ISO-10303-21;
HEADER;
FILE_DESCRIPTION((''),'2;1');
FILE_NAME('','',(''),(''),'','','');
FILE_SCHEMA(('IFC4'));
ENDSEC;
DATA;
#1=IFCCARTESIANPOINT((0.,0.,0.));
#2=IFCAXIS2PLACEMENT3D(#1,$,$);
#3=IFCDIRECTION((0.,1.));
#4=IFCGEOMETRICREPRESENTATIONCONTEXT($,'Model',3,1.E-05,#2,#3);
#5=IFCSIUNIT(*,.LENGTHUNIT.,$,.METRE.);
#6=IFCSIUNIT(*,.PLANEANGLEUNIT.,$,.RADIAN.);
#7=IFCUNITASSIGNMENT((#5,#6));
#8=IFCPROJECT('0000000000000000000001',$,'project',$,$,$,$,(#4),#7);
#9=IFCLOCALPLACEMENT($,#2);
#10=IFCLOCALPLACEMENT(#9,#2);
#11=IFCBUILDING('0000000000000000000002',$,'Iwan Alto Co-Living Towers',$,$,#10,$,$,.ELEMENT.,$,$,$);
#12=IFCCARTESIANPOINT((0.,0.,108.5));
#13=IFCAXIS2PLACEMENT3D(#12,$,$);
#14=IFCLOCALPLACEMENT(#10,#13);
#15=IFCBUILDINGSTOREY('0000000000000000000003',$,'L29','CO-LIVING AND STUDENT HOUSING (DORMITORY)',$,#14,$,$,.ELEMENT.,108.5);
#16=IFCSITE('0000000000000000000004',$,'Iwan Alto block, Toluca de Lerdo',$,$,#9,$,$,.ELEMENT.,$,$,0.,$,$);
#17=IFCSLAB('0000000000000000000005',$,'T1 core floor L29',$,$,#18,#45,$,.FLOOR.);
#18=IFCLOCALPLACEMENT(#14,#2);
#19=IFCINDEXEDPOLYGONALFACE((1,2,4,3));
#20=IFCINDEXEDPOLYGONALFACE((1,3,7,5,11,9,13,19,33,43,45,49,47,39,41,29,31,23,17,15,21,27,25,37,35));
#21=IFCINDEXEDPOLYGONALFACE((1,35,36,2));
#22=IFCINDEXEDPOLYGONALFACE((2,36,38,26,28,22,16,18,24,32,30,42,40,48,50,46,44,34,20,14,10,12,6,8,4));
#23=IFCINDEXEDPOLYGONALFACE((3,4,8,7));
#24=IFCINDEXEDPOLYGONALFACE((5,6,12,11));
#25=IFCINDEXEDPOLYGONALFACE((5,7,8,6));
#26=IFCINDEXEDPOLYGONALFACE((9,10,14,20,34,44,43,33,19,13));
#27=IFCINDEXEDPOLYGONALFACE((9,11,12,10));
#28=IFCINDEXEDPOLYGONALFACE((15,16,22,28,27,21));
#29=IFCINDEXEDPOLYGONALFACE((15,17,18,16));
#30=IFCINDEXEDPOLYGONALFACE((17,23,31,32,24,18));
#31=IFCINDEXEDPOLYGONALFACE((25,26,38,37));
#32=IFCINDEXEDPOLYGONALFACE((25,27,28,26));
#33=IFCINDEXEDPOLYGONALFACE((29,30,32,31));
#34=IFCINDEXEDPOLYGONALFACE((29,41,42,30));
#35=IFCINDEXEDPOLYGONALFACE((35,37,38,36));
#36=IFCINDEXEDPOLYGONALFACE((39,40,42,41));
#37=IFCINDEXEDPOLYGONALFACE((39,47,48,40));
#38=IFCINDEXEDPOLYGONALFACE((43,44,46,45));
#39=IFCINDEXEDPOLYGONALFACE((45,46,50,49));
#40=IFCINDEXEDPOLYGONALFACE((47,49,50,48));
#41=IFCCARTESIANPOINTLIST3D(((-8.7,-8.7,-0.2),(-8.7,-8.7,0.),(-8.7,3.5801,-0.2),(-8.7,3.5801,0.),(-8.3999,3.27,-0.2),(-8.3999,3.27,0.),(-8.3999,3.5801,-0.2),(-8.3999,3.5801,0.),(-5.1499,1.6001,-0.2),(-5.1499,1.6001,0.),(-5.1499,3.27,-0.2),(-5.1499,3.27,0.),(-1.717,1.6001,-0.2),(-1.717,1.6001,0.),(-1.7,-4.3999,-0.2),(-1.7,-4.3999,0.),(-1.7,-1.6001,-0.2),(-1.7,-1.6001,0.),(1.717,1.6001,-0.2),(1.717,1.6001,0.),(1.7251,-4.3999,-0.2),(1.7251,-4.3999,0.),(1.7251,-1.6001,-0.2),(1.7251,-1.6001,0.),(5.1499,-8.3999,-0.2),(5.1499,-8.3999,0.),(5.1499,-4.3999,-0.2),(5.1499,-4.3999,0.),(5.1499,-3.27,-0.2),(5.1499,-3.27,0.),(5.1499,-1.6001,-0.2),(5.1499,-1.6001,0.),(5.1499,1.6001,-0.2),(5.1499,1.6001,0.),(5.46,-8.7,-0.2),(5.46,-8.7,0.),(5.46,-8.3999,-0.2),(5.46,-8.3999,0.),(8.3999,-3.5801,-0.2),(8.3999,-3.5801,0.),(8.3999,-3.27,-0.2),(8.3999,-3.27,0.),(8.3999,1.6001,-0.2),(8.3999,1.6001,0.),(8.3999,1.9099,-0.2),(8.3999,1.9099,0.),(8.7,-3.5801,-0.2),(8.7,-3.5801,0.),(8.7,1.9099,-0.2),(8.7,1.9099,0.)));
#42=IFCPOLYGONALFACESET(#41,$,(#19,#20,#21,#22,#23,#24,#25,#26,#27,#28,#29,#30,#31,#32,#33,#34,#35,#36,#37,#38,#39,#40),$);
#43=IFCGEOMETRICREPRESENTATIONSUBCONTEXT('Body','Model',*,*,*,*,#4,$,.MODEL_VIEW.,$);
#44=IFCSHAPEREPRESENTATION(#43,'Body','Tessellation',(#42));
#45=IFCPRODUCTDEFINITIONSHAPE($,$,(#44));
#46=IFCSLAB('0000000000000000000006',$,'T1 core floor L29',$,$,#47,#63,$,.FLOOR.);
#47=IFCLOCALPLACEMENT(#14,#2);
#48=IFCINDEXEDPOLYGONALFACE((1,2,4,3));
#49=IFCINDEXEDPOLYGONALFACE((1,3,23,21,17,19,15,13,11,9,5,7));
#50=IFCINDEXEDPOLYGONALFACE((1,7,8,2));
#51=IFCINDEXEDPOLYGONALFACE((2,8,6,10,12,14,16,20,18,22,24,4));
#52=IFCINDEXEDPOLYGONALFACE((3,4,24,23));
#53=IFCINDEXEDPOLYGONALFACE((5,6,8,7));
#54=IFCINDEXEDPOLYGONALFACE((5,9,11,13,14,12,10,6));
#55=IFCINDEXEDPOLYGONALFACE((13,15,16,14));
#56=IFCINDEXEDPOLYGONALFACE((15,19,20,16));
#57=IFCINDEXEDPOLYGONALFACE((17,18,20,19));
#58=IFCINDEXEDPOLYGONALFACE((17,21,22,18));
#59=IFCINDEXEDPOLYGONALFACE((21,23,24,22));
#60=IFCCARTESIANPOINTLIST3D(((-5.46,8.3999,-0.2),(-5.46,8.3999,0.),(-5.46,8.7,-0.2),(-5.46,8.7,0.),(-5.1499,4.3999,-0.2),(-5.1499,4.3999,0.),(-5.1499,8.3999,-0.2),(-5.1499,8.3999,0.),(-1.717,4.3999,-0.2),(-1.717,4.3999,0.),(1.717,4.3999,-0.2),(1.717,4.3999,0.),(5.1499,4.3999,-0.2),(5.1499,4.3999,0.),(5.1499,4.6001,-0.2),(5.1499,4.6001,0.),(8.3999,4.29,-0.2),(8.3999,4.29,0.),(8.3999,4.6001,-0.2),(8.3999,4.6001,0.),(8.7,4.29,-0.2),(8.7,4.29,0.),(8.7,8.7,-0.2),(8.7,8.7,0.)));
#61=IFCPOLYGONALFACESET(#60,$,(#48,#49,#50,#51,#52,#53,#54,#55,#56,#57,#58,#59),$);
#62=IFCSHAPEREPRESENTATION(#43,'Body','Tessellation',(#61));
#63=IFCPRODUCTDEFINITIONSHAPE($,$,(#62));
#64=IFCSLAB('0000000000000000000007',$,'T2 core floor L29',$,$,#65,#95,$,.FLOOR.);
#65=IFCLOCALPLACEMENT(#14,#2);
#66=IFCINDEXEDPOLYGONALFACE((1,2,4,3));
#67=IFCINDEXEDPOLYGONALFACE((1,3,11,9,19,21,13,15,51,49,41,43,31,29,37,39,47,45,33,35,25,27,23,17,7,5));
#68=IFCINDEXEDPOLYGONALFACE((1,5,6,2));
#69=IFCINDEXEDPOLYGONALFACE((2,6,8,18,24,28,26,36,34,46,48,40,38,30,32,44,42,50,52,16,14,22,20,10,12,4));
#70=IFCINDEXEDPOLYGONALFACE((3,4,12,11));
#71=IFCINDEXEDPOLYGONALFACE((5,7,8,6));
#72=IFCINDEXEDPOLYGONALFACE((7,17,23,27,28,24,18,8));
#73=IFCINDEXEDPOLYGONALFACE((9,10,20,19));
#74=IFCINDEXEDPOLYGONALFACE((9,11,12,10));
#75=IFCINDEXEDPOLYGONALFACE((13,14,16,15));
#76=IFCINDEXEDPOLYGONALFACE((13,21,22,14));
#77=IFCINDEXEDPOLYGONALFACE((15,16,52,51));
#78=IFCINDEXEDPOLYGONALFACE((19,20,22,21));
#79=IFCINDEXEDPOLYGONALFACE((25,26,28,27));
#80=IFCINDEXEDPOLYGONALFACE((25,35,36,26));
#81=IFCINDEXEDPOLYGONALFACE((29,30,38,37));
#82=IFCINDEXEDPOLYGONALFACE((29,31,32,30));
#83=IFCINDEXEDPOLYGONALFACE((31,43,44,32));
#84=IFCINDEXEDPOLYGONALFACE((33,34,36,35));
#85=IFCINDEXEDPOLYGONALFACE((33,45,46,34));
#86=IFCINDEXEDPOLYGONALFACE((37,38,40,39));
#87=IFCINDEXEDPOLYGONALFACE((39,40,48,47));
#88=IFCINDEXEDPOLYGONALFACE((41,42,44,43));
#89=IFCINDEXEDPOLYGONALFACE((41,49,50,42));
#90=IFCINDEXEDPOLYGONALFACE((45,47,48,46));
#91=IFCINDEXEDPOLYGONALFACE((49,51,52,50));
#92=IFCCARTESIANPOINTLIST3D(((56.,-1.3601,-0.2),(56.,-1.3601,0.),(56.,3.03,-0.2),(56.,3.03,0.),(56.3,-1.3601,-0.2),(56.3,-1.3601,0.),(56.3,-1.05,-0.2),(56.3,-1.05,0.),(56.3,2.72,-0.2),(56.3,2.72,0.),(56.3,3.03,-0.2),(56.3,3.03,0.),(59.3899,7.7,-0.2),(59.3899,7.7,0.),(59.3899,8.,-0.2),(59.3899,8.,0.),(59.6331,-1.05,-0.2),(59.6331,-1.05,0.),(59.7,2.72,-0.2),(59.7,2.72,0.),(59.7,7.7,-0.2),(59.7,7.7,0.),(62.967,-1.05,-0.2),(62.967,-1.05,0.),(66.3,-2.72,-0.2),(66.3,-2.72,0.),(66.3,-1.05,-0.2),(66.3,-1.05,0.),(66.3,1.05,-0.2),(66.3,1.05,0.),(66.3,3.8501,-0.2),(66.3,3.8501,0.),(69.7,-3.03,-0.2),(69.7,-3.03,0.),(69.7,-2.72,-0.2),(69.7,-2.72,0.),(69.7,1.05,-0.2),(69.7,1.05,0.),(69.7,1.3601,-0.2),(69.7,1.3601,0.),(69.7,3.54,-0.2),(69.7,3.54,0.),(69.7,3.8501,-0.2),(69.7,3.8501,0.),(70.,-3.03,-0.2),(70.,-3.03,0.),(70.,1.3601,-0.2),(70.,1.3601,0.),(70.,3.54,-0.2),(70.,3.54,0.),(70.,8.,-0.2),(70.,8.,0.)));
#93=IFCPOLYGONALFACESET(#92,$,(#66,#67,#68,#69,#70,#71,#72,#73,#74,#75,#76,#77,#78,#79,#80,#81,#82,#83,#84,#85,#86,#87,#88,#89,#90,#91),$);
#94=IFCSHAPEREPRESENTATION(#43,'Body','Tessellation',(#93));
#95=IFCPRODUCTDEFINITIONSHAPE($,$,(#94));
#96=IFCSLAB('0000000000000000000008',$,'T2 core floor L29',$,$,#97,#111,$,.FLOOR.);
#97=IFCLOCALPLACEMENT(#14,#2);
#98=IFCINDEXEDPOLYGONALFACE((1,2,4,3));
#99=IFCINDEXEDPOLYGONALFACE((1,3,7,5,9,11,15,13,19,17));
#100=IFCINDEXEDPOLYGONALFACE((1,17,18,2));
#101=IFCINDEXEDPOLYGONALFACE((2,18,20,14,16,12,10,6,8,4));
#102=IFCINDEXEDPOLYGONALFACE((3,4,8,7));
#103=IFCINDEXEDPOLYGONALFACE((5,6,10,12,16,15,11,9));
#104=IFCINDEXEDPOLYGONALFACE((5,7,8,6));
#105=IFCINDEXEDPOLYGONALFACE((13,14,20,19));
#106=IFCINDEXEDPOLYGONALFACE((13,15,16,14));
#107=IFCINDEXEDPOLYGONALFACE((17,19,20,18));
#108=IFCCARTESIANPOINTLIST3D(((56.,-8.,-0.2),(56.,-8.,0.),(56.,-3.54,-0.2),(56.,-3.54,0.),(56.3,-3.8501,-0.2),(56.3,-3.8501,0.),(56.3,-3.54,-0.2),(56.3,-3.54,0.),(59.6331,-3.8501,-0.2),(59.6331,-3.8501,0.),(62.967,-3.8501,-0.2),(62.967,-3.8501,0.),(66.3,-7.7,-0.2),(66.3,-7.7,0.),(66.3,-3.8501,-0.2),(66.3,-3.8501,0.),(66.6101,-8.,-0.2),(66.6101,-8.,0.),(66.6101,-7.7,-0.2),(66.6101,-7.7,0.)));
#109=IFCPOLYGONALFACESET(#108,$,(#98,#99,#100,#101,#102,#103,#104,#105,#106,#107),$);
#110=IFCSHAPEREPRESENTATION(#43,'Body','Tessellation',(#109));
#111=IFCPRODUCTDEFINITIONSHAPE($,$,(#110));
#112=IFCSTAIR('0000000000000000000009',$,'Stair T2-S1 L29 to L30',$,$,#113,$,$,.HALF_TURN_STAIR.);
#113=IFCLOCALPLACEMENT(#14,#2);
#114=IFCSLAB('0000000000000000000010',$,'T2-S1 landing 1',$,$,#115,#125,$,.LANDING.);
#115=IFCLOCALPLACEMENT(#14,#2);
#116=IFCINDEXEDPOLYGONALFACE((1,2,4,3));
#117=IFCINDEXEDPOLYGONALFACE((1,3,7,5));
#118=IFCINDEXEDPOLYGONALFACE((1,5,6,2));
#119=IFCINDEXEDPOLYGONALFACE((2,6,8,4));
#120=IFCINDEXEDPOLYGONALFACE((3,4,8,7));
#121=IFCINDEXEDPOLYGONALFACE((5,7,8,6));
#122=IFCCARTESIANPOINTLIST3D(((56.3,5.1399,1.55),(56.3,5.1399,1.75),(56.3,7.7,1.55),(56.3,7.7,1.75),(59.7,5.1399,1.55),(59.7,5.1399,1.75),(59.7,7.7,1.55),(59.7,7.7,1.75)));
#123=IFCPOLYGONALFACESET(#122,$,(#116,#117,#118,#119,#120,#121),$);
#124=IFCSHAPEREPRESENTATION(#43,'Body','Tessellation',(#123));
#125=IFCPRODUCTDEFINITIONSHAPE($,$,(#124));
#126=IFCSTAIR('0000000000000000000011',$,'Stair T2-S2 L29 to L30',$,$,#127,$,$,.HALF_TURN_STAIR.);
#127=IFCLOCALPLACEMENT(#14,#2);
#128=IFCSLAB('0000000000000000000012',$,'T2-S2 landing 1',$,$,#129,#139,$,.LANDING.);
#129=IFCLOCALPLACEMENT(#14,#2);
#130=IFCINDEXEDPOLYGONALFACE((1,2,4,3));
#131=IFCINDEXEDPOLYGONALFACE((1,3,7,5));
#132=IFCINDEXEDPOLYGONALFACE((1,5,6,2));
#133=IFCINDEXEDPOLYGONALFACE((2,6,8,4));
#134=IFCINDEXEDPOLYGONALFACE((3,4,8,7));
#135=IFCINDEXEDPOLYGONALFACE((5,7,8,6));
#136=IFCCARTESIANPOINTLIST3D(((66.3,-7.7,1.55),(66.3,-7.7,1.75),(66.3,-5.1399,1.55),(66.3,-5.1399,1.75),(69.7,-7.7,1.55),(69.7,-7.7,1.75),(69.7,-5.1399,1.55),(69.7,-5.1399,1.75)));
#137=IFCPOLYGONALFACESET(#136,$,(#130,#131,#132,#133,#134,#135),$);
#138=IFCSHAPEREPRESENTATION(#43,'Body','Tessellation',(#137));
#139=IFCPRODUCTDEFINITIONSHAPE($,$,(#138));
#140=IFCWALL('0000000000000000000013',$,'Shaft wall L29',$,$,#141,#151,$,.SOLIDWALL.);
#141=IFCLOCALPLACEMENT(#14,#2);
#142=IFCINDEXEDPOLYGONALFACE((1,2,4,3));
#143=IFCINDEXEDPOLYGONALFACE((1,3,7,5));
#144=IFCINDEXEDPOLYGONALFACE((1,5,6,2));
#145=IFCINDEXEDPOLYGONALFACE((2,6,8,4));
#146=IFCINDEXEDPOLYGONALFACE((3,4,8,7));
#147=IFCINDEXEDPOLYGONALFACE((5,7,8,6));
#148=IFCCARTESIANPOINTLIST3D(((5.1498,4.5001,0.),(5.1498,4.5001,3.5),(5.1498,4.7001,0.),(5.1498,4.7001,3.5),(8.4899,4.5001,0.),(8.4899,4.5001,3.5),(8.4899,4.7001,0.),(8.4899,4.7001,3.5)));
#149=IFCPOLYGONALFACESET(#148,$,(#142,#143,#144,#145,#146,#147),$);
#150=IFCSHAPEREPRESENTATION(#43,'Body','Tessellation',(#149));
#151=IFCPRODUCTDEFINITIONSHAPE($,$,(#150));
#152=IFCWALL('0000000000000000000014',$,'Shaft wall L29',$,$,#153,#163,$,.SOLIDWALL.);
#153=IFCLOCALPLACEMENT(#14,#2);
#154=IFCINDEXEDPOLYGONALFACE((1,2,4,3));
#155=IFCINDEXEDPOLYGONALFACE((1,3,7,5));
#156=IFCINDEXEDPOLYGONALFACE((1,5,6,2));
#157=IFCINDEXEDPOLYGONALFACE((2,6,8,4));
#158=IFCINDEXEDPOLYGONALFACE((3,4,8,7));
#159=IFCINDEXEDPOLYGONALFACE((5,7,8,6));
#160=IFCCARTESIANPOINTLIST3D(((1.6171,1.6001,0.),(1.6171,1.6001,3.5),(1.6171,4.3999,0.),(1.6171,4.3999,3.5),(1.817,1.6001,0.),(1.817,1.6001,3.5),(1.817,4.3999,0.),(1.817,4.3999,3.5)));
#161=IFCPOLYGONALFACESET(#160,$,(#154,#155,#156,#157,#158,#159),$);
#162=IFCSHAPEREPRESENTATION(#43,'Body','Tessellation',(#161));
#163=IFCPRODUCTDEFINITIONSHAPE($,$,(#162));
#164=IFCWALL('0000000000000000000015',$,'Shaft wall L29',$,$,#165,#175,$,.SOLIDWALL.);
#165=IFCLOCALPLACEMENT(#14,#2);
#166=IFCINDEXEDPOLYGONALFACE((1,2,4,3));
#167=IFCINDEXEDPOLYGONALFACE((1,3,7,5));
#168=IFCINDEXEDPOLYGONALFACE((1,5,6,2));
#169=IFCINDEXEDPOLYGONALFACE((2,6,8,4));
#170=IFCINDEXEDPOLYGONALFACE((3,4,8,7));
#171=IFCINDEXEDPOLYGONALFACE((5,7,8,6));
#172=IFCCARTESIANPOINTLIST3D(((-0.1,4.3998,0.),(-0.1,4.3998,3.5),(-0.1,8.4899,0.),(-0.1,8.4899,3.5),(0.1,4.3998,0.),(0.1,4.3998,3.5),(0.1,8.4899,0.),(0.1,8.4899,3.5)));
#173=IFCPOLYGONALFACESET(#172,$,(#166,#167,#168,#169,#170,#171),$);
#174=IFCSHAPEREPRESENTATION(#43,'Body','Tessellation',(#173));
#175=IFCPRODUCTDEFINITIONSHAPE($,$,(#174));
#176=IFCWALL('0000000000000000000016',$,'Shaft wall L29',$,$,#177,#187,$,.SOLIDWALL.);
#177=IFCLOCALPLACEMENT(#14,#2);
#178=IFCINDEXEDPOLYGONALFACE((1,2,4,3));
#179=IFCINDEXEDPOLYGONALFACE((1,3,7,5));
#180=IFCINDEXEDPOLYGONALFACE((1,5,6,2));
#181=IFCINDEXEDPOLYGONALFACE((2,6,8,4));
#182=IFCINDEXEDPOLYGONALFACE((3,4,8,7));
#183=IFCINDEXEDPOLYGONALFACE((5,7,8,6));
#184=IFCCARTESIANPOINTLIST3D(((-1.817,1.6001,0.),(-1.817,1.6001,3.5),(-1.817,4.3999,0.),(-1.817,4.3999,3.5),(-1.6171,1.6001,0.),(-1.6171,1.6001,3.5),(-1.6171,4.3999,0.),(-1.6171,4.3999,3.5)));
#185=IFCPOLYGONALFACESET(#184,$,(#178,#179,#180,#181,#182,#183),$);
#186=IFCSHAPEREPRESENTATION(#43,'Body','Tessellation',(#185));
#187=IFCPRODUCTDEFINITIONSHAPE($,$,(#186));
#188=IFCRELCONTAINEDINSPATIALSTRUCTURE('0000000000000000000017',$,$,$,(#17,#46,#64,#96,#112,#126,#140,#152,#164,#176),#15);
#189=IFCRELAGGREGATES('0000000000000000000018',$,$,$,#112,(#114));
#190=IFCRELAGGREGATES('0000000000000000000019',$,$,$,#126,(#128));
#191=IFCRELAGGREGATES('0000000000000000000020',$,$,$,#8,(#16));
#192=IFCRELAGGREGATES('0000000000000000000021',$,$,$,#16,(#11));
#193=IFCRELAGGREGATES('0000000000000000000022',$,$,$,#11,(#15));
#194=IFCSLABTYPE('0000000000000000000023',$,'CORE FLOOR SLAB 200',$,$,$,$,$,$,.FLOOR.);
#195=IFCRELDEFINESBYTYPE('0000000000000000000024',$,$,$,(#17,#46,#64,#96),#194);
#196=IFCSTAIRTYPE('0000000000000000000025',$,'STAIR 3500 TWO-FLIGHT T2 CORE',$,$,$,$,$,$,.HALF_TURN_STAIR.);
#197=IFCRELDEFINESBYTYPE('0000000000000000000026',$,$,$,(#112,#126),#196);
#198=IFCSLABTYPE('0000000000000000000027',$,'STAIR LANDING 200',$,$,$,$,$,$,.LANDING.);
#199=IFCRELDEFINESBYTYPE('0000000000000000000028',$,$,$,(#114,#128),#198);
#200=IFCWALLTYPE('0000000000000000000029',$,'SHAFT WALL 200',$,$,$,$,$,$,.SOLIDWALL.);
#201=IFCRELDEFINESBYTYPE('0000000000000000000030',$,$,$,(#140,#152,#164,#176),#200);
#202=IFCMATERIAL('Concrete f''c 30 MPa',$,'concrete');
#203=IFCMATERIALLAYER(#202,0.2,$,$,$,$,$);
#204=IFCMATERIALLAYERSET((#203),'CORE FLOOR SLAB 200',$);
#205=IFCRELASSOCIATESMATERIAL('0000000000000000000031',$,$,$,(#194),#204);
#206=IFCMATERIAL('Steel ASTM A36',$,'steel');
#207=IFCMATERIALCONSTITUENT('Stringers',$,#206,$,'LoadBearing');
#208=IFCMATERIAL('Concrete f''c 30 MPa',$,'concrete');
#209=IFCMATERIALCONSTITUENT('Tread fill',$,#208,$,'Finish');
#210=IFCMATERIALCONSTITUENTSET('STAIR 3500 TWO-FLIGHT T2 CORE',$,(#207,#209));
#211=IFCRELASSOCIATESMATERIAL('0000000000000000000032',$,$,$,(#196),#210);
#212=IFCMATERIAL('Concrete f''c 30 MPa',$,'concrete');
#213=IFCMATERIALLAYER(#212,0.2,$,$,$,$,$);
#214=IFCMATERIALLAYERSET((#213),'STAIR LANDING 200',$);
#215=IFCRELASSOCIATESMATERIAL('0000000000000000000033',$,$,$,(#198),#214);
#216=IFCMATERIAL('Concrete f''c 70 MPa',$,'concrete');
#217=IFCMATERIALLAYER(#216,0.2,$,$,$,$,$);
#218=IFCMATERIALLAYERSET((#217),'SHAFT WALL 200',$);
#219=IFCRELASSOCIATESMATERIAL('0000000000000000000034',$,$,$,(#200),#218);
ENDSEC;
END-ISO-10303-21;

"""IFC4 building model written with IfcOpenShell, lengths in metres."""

from ifc_helpers import new_model, si_unit, direction, frame, frame_2d, origin, place, context, subcontext, project, spatial, polyline, rectangle, outline, extrude, material, layer, layer_set, constituent, constituent_set, type_object, element, aggregate, save


model = new_model("IFC4")

# Units and contexts
model_context = context("Model", 3, precision=1e-05, world=origin(), true_north=direction((0.0, 1.0)))
body_context = subcontext(model_context, "Body", "Model", "MODEL_VIEW")
ifc_project = project(units=[si_unit("LENGTHUNIT", "METRE"), si_unit("PLANEANGLEUNIT", "RADIAN")], contexts=[model_context])

# Site, building, storey
site_placement = place(None, origin())
site = spatial("IfcSite", under=ifc_project, at=site_placement, Name="Iwan Alto block, Toluca de Lerdo", CompositionType="ELEMENT", RefElevation=0.0)
building_placement = place(site_placement, origin())
building = spatial("IfcBuilding", under=site, at=building_placement, Name="Iwan Alto Co-Living Towers", CompositionType="ELEMENT")
storey_placement = place(building_placement, frame((0.0, 0.0, 108.5)))
storey = spatial("IfcBuildingStorey", under=building, at=storey_placement, Name="L29", Description="CO-LIVING AND STUDENT HOUSING (DORMITORY)", CompositionType="ELEMENT", Elevation=108.5)

# Slabs
ifc_material_1 = material(Name="Concrete f'c 30 MPa", Category="concrete")
ifc_layer_1 = layer(ifc_material_1, 0.2)
ifc_layer_set_1 = layer_set([ifc_layer_1], Name="CORE FLOOR SLAB 200")
slab_type_1 = type_object("IfcSlabType", Name="CORE FLOOR SLAB 200", PredefinedType="FLOOR", material=ifc_layer_set_1)
slab_1_placement = place(storey_placement, frame((0.0, 0.0, -0.2)))
element("IfcSlab", 1, at=slab_1_placement, inside=storey, type_object=slab_type_1, Name="T1 core floor L29", PredefinedType="FLOOR", context=body_context, shape_type="SweptSolid", body=[
    extrude(outline(polyline([(5.1499, -1.6001), (1.7251, -1.6001), (-1.7, -1.6001), (-1.7, -4.3999), (1.7251, -4.3999), (5.1499, -4.3999), (5.1499, -8.3999), (5.46, -8.3999), (5.46, -8.7), (-8.7, -8.7), (-8.7, 3.5801), (-8.3999, 3.5801), (-8.3999, 3.27), (-5.1499, 3.27), (-5.1499, 1.6001), (-1.717, 1.6001), (1.717, 1.6001), (5.1499, 1.6001), (8.3999, 1.6001), (8.3999, 1.9099), (8.7, 1.9099), (8.7, -3.5801), (8.3999, -3.5801), (8.3999, -3.27), (5.1499, -3.27), (5.1499, -1.6001)])), origin(), (0.0, 0.0, 1.0), 0.2),
])
slab_2_placement = place(storey_placement, frame((0.0, 0.0, -0.2)))
element("IfcSlab", 2, at=slab_2_placement, inside=storey, type_object=slab_type_1, Name="T1 core floor L29", PredefinedType="FLOOR", context=body_context, shape_type="SweptSolid", body=[
    extrude(outline(polyline([(1.717, 4.3999), (-1.717, 4.3999), (-5.1499, 4.3999), (-5.1499, 8.3999), (-5.46, 8.3999), (-5.46, 8.7), (8.7, 8.7), (8.7, 4.29), (8.3999, 4.29), (8.3999, 4.6001), (5.1499, 4.6001), (5.1499, 4.3999), (1.717, 4.3999)])), origin(), (0.0, 0.0, 1.0), 0.2),
])
slab_3_placement = place(storey_placement, frame((0.0, 0.0, -0.2)))
element("IfcSlab", 3, at=slab_3_placement, inside=storey, type_object=slab_type_1, Name="T2 core floor L29", PredefinedType="FLOOR", context=body_context, shape_type="SweptSolid", body=[
    extrude(outline(polyline([(70.0, -3.03), (69.7, -3.03), (69.7, -2.72), (66.3, -2.72), (66.3, -1.05), (62.967, -1.05), (59.6331, -1.05), (56.3, -1.05), (56.3, -1.3601), (56.0, -1.3601), (56.0, 3.03), (56.3, 3.03), (56.3, 2.72), (59.7, 2.72), (59.7, 7.7), (59.3899, 7.7), (59.3899, 8.0), (70.0, 8.0), (70.0, 3.54), (69.7, 3.54), (69.7, 3.8501), (66.3, 3.8501), (66.3, 1.05), (69.7, 1.05), (69.7, 1.3601), (70.0, 1.3601), (70.0, -3.03)])), origin(), (0.0, 0.0, 1.0), 0.2),
])
slab_4_placement = place(storey_placement, frame((0.0, 0.0, -0.2)))
element("IfcSlab", 4, at=slab_4_placement, inside=storey, type_object=slab_type_1, Name="T2 core floor L29", PredefinedType="FLOOR", context=body_context, shape_type="SweptSolid", body=[
    extrude(outline(polyline([(62.967, -3.8501), (66.3, -3.8501), (66.3, -7.7), (66.6101, -7.7), (66.6101, -8.0), (56.0, -8.0), (56.0, -3.54), (56.3, -3.54), (56.3, -3.8501), (59.6331, -3.8501), (62.967, -3.8501)])), origin(), (0.0, 0.0, 1.0), 0.2),
])

# Stairs, slabs
ifc_material_2 = material(Name="Steel ASTM A36", Category="steel")
ifc_constituent_1 = constituent(ifc_material_2, Name="Stringers", Category="LoadBearing")
ifc_material_3 = material(Name="Concrete f'c 30 MPa", Category="concrete")
ifc_constituent_2 = constituent(ifc_material_3, Name="Tread fill", Category="Finish")
ifc_constituent_set = constituent_set(constituents=[ifc_constituent_1, ifc_constituent_2], Name="STAIR 3500 TWO-FLIGHT T2 CORE")
stair_type = type_object("IfcStairType", Name="STAIR 3500 TWO-FLIGHT T2 CORE", PredefinedType="HALF_TURN_STAIR", material=ifc_constituent_set)
stair_1_placement = place(storey_placement, origin())
stair_1 = element("IfcStair", 5, at=stair_1_placement, inside=storey, type_object=stair_type, Name="Stair T2-S1 L29 to L30", PredefinedType="HALF_TURN_STAIR")
ifc_material_4 = material(Name="Concrete f'c 30 MPa", Category="concrete")
ifc_layer_2 = layer(ifc_material_4, 0.2)
ifc_layer_set_2 = layer_set([ifc_layer_2], Name="STAIR LANDING 200")
slab_type_2 = type_object("IfcSlabType", Name="STAIR LANDING 200", PredefinedType="LANDING", material=ifc_layer_set_2)
slab_5_placement = place(storey_placement, frame((0.0, 0.0, 1.55)))
slab_5 = element("IfcSlab", 6, at=slab_5_placement, type_object=slab_type_2, Name="T2-S1 landing 1", PredefinedType="LANDING", context=body_context, shape_type="SweptSolid", body=[
    extrude(outline(polyline([(56.3, 5.1399), (56.3, 7.7), (59.7, 7.7), (59.7, 5.1399), (56.3, 5.1399)])), origin(), (0.0, 0.0, 1.0), 0.2),
])
aggregate(stair_1, [slab_5])
stair_2_placement = place(storey_placement, origin())
stair_2 = element("IfcStair", 7, at=stair_2_placement, inside=storey, type_object=stair_type, Name="Stair T2-S2 L29 to L30", PredefinedType="HALF_TURN_STAIR")
slab_6_placement = place(storey_placement, frame((0.0, 0.0, 1.55)))
slab_6 = element("IfcSlab", 8, at=slab_6_placement, type_object=slab_type_2, Name="T2-S2 landing 1", PredefinedType="LANDING", context=body_context, shape_type="SweptSolid", body=[
    extrude(outline(polyline([(66.3, -5.1399), (66.3, -7.7), (69.7, -7.7), (69.7, -5.1399), (66.3, -5.1399)])), origin(), (0.0, 0.0, 1.0), 0.2),
])
aggregate(stair_2, [slab_6])

# Walls
ifc_material_5 = material(Name="Concrete f'c 70 MPa", Category="concrete")
ifc_layer_3 = layer(ifc_material_5, 0.2)
ifc_layer_set_3 = layer_set([ifc_layer_3], Name="SHAFT WALL 200")
wall_type_1 = type_object("IfcWallType", Name="SHAFT WALL 200", PredefinedType="SOLIDWALL", material=ifc_layer_set_3)
wall_1_placement = place(storey_placement, frame((5.1499, 4.6001, 0.0), z_axis=(0.0, 0.0, 1.0), x_axis=(1.0, 0.0, 0.0)))
element("IfcWall", 9, at=wall_1_placement, inside=storey, type_object=wall_type_1, Name="Shaft wall L29", PredefinedType="SOLIDWALL", context=body_context, shape_type="SweptSolid", body=[
    extrude(rectangle(XDim=3.3401, YDim=0.2, at=frame_2d((1.6699, 0.0))), origin(), (0.0, 0.0, 1.0), 3.5),
])
wall_2_placement = place(storey_placement, frame((1.717, 1.6001, 0.0), z_axis=(0.0, 0.0, 1.0), x_axis=(0.0, 1.0, 0.0)))
element("IfcWall", 10, at=wall_2_placement, inside=storey, type_object=wall_type_1, Name="Shaft wall L29", PredefinedType="SOLIDWALL", context=body_context, shape_type="SweptSolid", body=[
    extrude(rectangle(XDim=2.7998, YDim=0.2, at=frame_2d((1.3999, 0.0))), origin(), (0.0, 0.0, 1.0), 3.5),
])
wall_3_placement = place(storey_placement, frame((0.0, 4.3999, 0.0), z_axis=(0.0, 0.0, 1.0), x_axis=(0.0, 1.0, 0.0)))
element("IfcWall", 11, at=wall_3_placement, inside=storey, type_object=wall_type_1, Name="Shaft wall L29", PredefinedType="SOLIDWALL", context=body_context, shape_type="SweptSolid", body=[
    extrude(rectangle(XDim=4.0901, YDim=0.2, at=frame_2d((2.0449, 0.0))), origin(), (0.0, 0.0, 1.0), 3.5),
])
wall_4_placement = place(storey_placement, frame((-1.717, 1.6001, 0.0), z_axis=(0.0, 0.0, 1.0), x_axis=(0.0, 1.0, 0.0)))
element("IfcWall", 12, at=wall_4_placement, inside=storey, type_object=wall_type_1, Name="Shaft wall L29", PredefinedType="SOLIDWALL", context=body_context, shape_type="SweptSolid", body=[
    extrude(rectangle(XDim=2.7998, YDim=0.2, at=frame_2d((1.3999, 0.0))), origin(), (0.0, 0.0, 1.0), 3.5),
])

save(model, "model.ifc")
